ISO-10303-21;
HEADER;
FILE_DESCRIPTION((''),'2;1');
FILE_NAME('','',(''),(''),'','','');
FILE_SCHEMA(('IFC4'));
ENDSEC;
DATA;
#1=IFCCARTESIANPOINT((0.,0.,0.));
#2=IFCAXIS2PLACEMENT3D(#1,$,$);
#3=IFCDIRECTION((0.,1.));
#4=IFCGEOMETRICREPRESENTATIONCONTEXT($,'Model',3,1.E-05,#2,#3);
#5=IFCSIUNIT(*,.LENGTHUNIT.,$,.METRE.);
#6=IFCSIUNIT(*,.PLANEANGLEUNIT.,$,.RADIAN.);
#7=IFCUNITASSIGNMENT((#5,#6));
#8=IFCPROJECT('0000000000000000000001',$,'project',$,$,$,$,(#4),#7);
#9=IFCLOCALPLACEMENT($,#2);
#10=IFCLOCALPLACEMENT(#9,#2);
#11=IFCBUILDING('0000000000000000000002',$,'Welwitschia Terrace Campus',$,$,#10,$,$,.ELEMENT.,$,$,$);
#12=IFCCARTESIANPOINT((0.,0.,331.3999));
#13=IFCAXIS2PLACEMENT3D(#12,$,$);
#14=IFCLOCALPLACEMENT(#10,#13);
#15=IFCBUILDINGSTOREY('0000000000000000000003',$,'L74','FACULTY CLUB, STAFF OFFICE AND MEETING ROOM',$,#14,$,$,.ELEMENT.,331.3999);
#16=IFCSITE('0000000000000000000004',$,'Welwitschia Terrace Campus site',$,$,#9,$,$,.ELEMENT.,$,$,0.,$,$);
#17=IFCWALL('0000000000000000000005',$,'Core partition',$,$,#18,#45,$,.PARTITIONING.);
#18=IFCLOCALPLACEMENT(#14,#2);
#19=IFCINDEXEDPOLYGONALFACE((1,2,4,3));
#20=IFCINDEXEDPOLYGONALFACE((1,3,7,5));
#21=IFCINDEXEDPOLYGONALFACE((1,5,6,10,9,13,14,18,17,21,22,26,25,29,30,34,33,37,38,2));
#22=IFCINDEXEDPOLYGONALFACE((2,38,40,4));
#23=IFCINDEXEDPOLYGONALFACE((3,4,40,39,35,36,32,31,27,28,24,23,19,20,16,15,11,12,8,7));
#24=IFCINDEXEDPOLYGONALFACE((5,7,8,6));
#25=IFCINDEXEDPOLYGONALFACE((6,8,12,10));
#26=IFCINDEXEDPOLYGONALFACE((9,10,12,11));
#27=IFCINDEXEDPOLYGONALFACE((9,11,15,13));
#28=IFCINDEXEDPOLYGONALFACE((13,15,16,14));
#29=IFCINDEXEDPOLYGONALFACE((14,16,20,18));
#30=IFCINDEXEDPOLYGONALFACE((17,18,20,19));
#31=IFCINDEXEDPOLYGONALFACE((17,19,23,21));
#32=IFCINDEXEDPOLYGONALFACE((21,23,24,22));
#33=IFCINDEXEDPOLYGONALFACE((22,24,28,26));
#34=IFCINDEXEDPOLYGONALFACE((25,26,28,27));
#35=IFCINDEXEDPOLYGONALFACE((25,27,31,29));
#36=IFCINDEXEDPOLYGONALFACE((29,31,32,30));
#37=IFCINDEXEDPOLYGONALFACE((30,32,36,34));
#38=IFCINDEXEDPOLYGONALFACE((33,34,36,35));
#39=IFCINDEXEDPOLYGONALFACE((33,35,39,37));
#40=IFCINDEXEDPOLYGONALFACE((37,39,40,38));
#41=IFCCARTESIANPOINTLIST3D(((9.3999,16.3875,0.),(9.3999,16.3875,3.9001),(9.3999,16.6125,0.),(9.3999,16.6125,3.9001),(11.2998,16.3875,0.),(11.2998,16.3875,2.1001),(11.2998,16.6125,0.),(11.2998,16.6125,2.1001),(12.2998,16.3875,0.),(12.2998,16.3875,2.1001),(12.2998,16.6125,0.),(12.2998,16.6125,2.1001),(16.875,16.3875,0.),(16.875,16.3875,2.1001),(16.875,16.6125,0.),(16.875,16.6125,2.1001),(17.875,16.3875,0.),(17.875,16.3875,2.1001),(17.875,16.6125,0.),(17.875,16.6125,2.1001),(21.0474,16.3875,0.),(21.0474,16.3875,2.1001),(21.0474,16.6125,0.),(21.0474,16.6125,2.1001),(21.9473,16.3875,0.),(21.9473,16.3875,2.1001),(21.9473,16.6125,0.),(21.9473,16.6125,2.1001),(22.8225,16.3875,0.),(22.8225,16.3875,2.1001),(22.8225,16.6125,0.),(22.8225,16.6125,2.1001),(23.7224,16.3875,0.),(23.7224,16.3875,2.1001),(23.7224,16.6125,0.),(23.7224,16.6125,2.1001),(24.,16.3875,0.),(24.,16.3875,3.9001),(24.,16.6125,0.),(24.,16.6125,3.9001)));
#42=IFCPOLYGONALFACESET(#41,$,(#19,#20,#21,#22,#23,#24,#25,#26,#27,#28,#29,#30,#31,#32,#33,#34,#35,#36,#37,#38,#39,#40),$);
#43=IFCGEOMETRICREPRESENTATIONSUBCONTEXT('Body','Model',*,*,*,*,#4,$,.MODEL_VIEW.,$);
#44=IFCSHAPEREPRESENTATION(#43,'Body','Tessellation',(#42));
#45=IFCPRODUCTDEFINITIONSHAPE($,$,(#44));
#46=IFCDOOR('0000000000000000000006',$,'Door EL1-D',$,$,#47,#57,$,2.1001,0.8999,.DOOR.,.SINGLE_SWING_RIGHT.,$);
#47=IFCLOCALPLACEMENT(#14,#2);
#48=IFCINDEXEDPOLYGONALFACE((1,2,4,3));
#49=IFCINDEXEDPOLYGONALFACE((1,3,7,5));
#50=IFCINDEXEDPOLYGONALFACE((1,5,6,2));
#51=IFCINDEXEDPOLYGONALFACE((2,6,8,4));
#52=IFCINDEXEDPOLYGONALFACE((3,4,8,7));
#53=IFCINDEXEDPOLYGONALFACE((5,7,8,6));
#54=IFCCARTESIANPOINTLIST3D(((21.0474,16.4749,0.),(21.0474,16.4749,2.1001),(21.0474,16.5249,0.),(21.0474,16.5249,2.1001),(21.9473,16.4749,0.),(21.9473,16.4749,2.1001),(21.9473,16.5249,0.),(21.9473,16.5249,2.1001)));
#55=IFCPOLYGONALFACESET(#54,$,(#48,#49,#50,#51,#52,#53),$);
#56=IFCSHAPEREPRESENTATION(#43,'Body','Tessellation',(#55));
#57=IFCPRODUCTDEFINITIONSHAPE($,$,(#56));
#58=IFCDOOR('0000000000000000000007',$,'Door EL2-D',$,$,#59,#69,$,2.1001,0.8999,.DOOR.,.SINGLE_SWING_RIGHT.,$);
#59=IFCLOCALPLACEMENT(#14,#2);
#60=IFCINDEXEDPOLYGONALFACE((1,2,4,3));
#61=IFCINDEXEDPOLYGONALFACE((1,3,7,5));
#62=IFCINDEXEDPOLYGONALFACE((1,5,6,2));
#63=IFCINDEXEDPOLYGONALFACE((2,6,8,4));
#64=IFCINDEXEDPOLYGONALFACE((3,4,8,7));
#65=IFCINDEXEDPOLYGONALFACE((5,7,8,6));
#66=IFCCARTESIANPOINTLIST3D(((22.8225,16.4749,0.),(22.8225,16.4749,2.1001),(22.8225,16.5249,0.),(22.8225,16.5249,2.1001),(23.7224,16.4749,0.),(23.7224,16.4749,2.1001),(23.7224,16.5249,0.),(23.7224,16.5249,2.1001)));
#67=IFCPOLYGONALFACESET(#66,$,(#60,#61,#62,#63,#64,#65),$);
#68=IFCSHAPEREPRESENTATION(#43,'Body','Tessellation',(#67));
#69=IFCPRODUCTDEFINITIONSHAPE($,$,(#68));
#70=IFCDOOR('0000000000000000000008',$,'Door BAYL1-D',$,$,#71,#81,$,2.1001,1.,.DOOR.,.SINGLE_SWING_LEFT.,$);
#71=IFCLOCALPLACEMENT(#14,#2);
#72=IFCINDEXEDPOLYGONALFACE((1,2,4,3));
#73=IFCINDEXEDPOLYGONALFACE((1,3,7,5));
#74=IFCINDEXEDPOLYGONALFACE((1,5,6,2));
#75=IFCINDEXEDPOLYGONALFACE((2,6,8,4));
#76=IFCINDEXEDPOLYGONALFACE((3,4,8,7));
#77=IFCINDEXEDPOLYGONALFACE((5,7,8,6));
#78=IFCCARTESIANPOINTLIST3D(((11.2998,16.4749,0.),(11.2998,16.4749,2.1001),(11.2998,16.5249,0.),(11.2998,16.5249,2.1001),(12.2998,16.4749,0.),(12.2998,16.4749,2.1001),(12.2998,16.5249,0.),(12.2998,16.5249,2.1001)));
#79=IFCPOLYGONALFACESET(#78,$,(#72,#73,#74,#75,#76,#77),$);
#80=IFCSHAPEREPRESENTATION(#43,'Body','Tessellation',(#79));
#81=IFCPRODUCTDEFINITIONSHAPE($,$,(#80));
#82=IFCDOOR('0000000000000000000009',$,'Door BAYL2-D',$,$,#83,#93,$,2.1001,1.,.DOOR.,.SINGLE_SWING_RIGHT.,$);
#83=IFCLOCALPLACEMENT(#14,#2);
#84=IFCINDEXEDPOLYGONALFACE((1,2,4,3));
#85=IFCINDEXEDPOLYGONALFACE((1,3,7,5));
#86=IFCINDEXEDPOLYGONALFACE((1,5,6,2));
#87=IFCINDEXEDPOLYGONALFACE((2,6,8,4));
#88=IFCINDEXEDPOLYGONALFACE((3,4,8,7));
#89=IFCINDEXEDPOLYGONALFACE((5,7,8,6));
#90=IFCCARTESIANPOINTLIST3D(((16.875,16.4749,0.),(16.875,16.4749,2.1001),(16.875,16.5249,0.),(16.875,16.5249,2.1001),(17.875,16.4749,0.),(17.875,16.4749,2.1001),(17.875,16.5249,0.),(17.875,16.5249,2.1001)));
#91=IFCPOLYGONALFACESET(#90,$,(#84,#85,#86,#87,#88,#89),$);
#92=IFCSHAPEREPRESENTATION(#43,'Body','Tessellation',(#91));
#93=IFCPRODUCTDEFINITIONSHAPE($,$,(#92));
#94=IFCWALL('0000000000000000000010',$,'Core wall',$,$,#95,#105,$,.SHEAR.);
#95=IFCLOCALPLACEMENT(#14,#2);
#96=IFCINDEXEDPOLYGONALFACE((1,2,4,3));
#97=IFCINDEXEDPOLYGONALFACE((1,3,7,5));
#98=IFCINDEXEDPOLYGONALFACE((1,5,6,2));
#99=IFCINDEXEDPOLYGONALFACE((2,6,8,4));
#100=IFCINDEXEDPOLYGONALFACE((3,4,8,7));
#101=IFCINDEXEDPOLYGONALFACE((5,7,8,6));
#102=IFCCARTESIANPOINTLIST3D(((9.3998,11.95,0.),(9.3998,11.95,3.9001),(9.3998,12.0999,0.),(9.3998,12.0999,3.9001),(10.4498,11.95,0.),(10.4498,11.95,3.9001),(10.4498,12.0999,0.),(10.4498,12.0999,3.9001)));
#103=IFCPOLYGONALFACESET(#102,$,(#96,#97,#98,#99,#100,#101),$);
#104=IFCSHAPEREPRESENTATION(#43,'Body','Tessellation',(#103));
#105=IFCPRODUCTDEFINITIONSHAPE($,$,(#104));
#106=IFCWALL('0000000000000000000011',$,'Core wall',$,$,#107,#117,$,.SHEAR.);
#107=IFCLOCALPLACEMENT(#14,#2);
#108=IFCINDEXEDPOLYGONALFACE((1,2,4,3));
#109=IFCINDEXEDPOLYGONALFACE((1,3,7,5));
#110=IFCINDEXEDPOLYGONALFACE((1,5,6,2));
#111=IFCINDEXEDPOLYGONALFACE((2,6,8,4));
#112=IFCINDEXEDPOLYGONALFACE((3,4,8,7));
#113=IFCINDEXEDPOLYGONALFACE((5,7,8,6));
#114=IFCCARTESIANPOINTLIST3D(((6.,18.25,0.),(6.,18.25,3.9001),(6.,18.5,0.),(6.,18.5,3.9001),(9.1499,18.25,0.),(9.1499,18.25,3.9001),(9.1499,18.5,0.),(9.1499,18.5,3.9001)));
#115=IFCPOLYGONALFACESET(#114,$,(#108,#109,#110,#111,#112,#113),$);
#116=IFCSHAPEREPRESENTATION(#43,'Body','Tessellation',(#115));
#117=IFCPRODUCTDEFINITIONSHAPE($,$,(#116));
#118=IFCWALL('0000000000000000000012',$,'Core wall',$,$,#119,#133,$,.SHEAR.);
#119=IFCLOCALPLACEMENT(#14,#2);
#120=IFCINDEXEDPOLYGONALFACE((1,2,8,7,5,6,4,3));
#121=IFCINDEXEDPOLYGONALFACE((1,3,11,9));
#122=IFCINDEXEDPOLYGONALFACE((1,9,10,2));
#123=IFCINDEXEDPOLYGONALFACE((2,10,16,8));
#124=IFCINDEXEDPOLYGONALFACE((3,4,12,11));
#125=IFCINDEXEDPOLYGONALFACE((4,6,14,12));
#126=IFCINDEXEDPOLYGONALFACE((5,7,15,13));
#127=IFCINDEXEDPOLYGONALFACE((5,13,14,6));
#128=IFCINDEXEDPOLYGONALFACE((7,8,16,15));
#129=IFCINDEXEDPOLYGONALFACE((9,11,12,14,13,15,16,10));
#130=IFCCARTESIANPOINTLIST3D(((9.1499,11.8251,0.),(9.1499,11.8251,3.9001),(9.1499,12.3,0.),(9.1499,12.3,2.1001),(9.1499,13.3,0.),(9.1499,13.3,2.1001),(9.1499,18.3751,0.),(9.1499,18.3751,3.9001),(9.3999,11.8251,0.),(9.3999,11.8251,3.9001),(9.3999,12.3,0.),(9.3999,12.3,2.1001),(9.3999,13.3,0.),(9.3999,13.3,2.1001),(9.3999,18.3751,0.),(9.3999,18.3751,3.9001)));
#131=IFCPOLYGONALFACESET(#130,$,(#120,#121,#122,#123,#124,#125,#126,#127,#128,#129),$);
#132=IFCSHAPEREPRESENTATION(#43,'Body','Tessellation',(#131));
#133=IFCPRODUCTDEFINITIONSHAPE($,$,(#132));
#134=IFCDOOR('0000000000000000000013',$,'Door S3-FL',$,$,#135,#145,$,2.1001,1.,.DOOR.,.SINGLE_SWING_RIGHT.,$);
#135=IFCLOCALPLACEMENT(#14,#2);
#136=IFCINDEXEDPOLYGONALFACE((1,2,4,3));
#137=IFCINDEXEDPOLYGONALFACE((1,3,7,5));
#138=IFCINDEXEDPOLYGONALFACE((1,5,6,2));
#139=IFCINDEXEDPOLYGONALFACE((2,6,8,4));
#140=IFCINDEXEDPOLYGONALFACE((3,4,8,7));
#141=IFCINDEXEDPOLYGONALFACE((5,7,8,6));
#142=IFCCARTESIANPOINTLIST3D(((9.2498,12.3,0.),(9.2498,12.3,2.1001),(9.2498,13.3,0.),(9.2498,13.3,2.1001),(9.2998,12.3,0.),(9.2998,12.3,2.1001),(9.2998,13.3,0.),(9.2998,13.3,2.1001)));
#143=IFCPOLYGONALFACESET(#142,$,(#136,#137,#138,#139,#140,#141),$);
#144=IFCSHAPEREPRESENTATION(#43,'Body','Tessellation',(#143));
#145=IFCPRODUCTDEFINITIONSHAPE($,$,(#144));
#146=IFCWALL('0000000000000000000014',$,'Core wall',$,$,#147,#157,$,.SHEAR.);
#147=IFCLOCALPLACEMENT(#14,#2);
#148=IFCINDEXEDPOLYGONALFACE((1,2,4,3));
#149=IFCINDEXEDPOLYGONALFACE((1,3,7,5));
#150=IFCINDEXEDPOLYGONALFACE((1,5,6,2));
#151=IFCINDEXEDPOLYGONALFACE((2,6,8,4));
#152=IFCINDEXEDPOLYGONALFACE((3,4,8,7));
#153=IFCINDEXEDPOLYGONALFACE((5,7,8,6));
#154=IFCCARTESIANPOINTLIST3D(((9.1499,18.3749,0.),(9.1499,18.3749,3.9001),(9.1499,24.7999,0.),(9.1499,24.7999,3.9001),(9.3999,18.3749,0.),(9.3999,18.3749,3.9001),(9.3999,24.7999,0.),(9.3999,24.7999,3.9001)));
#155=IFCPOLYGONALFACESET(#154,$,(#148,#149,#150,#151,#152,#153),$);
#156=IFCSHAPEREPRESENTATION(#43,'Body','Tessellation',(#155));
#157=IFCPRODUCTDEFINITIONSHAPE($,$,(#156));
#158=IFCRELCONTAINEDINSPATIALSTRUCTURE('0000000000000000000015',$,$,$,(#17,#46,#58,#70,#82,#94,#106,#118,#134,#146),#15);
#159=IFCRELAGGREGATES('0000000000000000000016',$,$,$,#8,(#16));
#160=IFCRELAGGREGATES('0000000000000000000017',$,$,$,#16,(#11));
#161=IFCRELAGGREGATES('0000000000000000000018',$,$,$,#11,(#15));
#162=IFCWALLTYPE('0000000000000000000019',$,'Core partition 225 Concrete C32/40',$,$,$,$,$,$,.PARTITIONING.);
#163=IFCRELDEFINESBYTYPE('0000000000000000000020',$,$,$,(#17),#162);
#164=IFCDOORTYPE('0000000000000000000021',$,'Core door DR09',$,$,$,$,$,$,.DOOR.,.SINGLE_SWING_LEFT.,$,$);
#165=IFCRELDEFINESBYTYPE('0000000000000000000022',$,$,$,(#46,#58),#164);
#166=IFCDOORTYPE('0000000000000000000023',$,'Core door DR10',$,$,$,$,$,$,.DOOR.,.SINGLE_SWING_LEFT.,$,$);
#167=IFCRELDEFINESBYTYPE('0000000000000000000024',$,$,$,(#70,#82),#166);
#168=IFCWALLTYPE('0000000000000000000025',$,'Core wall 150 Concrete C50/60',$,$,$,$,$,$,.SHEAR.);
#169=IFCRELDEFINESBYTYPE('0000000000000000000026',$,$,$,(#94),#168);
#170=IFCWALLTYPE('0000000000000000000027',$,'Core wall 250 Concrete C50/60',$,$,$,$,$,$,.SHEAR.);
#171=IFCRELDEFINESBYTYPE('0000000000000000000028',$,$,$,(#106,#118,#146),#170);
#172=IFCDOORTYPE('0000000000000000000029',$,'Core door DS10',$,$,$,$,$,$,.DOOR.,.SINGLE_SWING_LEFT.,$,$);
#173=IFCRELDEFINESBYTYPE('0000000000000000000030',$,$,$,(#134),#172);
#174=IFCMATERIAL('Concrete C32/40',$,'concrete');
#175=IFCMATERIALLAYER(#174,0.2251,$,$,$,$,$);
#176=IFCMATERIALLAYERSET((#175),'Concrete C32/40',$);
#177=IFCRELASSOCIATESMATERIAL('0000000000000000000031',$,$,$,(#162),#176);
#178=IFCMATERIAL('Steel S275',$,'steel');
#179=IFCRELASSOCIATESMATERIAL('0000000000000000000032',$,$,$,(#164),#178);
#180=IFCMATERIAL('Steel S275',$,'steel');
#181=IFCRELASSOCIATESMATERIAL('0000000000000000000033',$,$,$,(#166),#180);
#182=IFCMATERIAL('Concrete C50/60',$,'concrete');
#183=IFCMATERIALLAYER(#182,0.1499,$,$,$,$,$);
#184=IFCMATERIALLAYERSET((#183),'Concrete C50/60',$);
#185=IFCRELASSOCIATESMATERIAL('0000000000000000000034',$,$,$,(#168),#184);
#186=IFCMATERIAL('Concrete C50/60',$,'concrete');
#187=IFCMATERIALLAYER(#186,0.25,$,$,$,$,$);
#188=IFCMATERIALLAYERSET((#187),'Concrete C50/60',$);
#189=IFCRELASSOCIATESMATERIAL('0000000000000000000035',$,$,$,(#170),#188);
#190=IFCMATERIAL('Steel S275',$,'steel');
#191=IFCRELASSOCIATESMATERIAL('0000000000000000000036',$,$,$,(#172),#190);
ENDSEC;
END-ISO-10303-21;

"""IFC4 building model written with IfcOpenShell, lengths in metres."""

from ifc_helpers import new_model, si_unit, direction, frame, frame_2d, origin, place, context, subcontext, project, spatial, rectangle, extrude, material, layer, layer_set, type_object, element, fill, save


model = new_model("IFC4")

# Units and contexts
model_context = context("Model", 3, precision=1e-05, world=origin(), true_north=direction((0.0, 1.0)))
body_context = subcontext(model_context, "Body", "Model", "MODEL_VIEW")
ifc_project = project(units=[si_unit("LENGTHUNIT", "METRE"), si_unit("PLANEANGLEUNIT", "RADIAN")], contexts=[model_context])

# Site, building, storey
site_placement = place(None, origin())
site = spatial("IfcSite", under=ifc_project, at=site_placement, Name="Welwitschia Terrace Campus site", CompositionType="ELEMENT", RefElevation=0.0)
building_placement = place(site_placement, origin())
building = spatial("IfcBuilding", under=site, at=building_placement, Name="Welwitschia Terrace Campus", CompositionType="ELEMENT")
storey_placement = place(building_placement, frame((0.0, 0.0, 331.3999)))
storey = spatial("IfcBuildingStorey", under=building, at=storey_placement, Name="L74", Description="FACULTY CLUB, STAFF OFFICE AND MEETING ROOM", CompositionType="ELEMENT", Elevation=331.3999)

# Shared definitions
ifc_material_1 = material(Name="Concrete C32/40", Category="concrete")
ifc_layer_1 = layer(ifc_material_1, 0.2251)
ifc_layer_set_1 = layer_set([ifc_layer_1], Name="Concrete C32/40")
wall_type_1 = type_object("IfcWallType", Name="Core partition 225 Concrete C32/40", PredefinedType="PARTITIONING", material=ifc_layer_set_1)

# Wall, openings, doors
wall_1_placement = place(storey_placement, frame((9.3999, 16.5, 0.0), z_axis=(0.0, 0.0, 1.0), x_axis=(1.0, 0.0, 0.0)))
wall_1 = element("IfcWall", 1, at=wall_1_placement, inside=storey, type_object=wall_type_1, Name="Core partition", PredefinedType="PARTITIONING", context=body_context, shape_type="SweptSolid", body=[
    extrude(rectangle(XDim=14.6001, YDim=0.2251, at=frame_2d((7.3, 0.0))), origin(), (0.0, 0.0, 1.0), 3.9001),
])
opening_1_placement = place(wall_1_placement, frame((1.8999, 0.0, 0.0)))
opening_1 = element("IfcOpeningElement", 2, at=opening_1_placement, cuts=wall_1, PredefinedType="OPENING", context=body_context, shape_type="SweptSolid", body=[
    extrude(rectangle(XDim=1.0, YDim=2.1001, at=frame_2d((0.5, 1.05))), frame((0.0, 0.1226, 0.0), z_axis=(0.0, -1.0, 0.0), x_axis=(1.0, 0.0, 0.0)), (0.0, 0.0, 1.0), 0.2451),
])
opening_2_placement = place(wall_1_placement, frame((7.4751, 0.0, 0.0)))
opening_2 = element("IfcOpeningElement", 3, at=opening_2_placement, cuts=wall_1, PredefinedType="OPENING", context=body_context, shape_type="SweptSolid", body=[
    extrude(rectangle(XDim=1.0, YDim=2.1001, at=frame_2d((0.5, 1.05))), frame((0.0, 0.1226, 0.0), z_axis=(0.0, -1.0, 0.0), x_axis=(1.0, 0.0, 0.0)), (0.0, 0.0, 1.0), 0.2451),
])
opening_3_placement = place(wall_1_placement, frame((11.6475, 0.0, 0.0)))
opening_3 = element("IfcOpeningElement", 4, at=opening_3_placement, cuts=wall_1, PredefinedType="OPENING", context=body_context, shape_type="SweptSolid", body=[
    extrude(rectangle(XDim=0.8999, YDim=2.1001, at=frame_2d((0.45, 1.05))), frame((0.0, 0.1226, 0.0), z_axis=(0.0, -1.0, 0.0), x_axis=(1.0, 0.0, 0.0)), (0.0, 0.0, 1.0), 0.2451),
])
opening_4_placement = place(wall_1_placement, frame((13.4226, 0.0, 0.0)))
opening_4 = element("IfcOpeningElement", 5, at=opening_4_placement, cuts=wall_1, PredefinedType="OPENING", context=body_context, shape_type="SweptSolid", body=[
    extrude(rectangle(XDim=0.8999, YDim=2.1001, at=frame_2d((0.45, 1.05))), frame((0.0, 0.1226, 0.0), z_axis=(0.0, -1.0, 0.0), x_axis=(1.0, 0.0, 0.0)), (0.0, 0.0, 1.0), 0.2451),
])
ifc_material_2 = material(Name="Steel S275", Category="steel")
door_type_1 = type_object("IfcDoorType", Name="Core door DR09", OperationType="SINGLE_SWING_LEFT", PredefinedType="DOOR", material=ifc_material_2)
door_1_placement = place(opening_3_placement, origin())
door_1 = element("IfcDoor", 6, at=door_1_placement, inside=storey, type_object=door_type_1, Name="Door EL1-D", OperationType="SINGLE_SWING_RIGHT", OverallHeight=2.1001, OverallWidth=0.8999, PredefinedType="DOOR", context=body_context, shape_type="SweptSolid", body=[
    extrude(rectangle(XDim=0.8999, YDim=2.1001, at=frame_2d((0.45, 1.05))), frame((0.0, 0.0249, 0.0), z_axis=(0.0, -1.0, 0.0), x_axis=(1.0, 0.0, 0.0)), (0.0, 0.0, 1.0), 0.05),
])
fill(opening_3, door_1)
door_2_placement = place(opening_4_placement, origin())
door_2 = element("IfcDoor", 7, at=door_2_placement, inside=storey, type_object=door_type_1, Name="Door EL2-D", OperationType="SINGLE_SWING_RIGHT", OverallHeight=2.1001, OverallWidth=0.8999, PredefinedType="DOOR", context=body_context, shape_type="SweptSolid", body=[
    extrude(rectangle(XDim=0.8999, YDim=2.1001, at=frame_2d((0.45, 1.05))), frame((0.0, 0.0249, 0.0), z_axis=(0.0, -1.0, 0.0), x_axis=(1.0, 0.0, 0.0)), (0.0, 0.0, 1.0), 0.05),
])
fill(opening_4, door_2)
ifc_material_3 = material(Name="Steel S275", Category="steel")
door_type_2 = type_object("IfcDoorType", Name="Core door DR10", OperationType="SINGLE_SWING_LEFT", PredefinedType="DOOR", material=ifc_material_3)
door_3_placement = place(opening_1_placement, origin())
door_3 = element("IfcDoor", 8, at=door_3_placement, inside=storey, type_object=door_type_2, Name="Door BAYL1-D", OperationType="SINGLE_SWING_LEFT", OverallHeight=2.1001, OverallWidth=1.0, PredefinedType="DOOR", context=body_context, shape_type="SweptSolid", body=[
    extrude(rectangle(XDim=1.0, YDim=2.1001, at=frame_2d((0.5, 1.05))), frame((0.0, 0.0249, 0.0), z_axis=(0.0, -1.0, 0.0), x_axis=(1.0, 0.0, 0.0)), (0.0, 0.0, 1.0), 0.05),
])
fill(opening_1, door_3)
door_4_placement = place(opening_2_placement, origin())
door_4 = element("IfcDoor", 9, at=door_4_placement, inside=storey, type_object=door_type_2, Name="Door BAYL2-D", OperationType="SINGLE_SWING_RIGHT", OverallHeight=2.1001, OverallWidth=1.0, PredefinedType="DOOR", context=body_context, shape_type="SweptSolid", body=[
    extrude(rectangle(XDim=1.0, YDim=2.1001, at=frame_2d((0.5, 1.05))), frame((0.0, 0.0249, 0.0), z_axis=(0.0, -1.0, 0.0), x_axis=(1.0, 0.0, 0.0)), (0.0, 0.0, 1.0), 0.05),
])
fill(opening_2, door_4)

# Walls
ifc_material_4 = material(Name="Concrete C50/60", Category="concrete")
ifc_layer_2 = layer(ifc_material_4, 0.1499)
ifc_layer_set_2 = layer_set([ifc_layer_2], Name="Concrete C50/60")
wall_type_2 = type_object("IfcWallType", Name="Core wall 150 Concrete C50/60", PredefinedType="SHEAR", material=ifc_layer_set_2)
wall_2_placement = place(storey_placement, frame((9.3999, 12.0249, 0.0), z_axis=(0.0, 0.0, 1.0), x_axis=(1.0, 0.0, 0.0)))
element("IfcWall", 10, at=wall_2_placement, inside=storey, type_object=wall_type_2, Name="Core wall", PredefinedType="SHEAR", context=body_context, shape_type="SweptSolid", body=[
    extrude(rectangle(XDim=1.05, YDim=0.1499, at=frame_2d((0.5249, 0.0))), origin(), (0.0, 0.0, 1.0), 3.9001),
])
ifc_material_5 = material(Name="Concrete C50/60", Category="concrete")
ifc_layer_3 = layer(ifc_material_5, 0.25)
ifc_layer_set_3 = layer_set([ifc_layer_3], Name="Concrete C50/60")
wall_type_3 = type_object("IfcWallType", Name="Core wall 250 Concrete C50/60", PredefinedType="SHEAR", material=ifc_layer_set_3)
wall_3_placement = place(storey_placement, frame((6.0, 18.375, 0.0), z_axis=(0.0, 0.0, 1.0), x_axis=(1.0, 0.0, 0.0)))
element("IfcWall", 11, at=wall_3_placement, inside=storey, type_object=wall_type_3, Name="Core wall", PredefinedType="SHEAR", context=body_context, shape_type="SweptSolid", body=[
    extrude(rectangle(XDim=3.1499, YDim=0.25, at=frame_2d((1.575, 0.0))), origin(), (0.0, 0.0, 1.0), 3.9001),
])

# Wall, opening, door
wall_4_placement = place(storey_placement, frame((9.2749, 18.375, 0.0), z_axis=(0.0, 0.0, 1.0), x_axis=(0.0, -1.0, 0.0)))
wall_4 = element("IfcWall", 12, at=wall_4_placement, inside=storey, type_object=wall_type_3, Name="Core wall", PredefinedType="SHEAR", context=body_context, shape_type="SweptSolid", body=[
    extrude(rectangle(XDim=6.55, YDim=0.25, at=frame_2d((3.2749, 0.0))), origin(), (0.0, 0.0, 1.0), 3.9001),
])
opening_5_placement = place(wall_4_placement, frame((5.075, 0.0, 0.0)))
opening_5 = element("IfcOpeningElement", 13, at=opening_5_placement, cuts=wall_4, PredefinedType="OPENING", context=body_context, shape_type="SweptSolid", body=[
    extrude(rectangle(XDim=1.0, YDim=2.1001, at=frame_2d((0.5, 1.05))), frame((0.0, 0.135, 0.0), z_axis=(0.0, -1.0, 0.0), x_axis=(1.0, 0.0, 0.0)), (0.0, 0.0, 1.0), 0.27),
])
ifc_material_6 = material(Name="Steel S275", Category="steel")
door_type_3 = type_object("IfcDoorType", Name="Core door DS10", OperationType="SINGLE_SWING_LEFT", PredefinedType="DOOR", material=ifc_material_6)
door_5_placement = place(opening_5_placement, origin())
door_5 = element("IfcDoor", 14, at=door_5_placement, inside=storey, type_object=door_type_3, Name="Door S3-FL", OperationType="SINGLE_SWING_RIGHT", OverallHeight=2.1001, OverallWidth=1.0, PredefinedType="DOOR", context=body_context, shape_type="SweptSolid", body=[
    extrude(rectangle(XDim=1.0, YDim=2.1001, at=frame_2d((0.5, 1.05))), frame((0.0, 0.0249, 0.0), z_axis=(0.0, -1.0, 0.0), x_axis=(1.0, 0.0, 0.0)), (0.0, 0.0, 1.0), 0.05),
])
fill(opening_5, door_5)

# Wall
wall_5_placement = place(storey_placement, frame((9.2749, 18.375, 0.0), z_axis=(0.0, 0.0, 1.0), x_axis=(0.0, 1.0, 0.0)))
element("IfcWall", 15, at=wall_5_placement, inside=storey, type_object=wall_type_3, Name="Core wall", PredefinedType="SHEAR", context=body_context, shape_type="SweptSolid", body=[
    extrude(rectangle(XDim=6.425, YDim=0.25, at=frame_2d((3.2124, 0.0))), origin(), (0.0, 0.0, 1.0), 3.9001),
])

save(model, "model.ifc")
